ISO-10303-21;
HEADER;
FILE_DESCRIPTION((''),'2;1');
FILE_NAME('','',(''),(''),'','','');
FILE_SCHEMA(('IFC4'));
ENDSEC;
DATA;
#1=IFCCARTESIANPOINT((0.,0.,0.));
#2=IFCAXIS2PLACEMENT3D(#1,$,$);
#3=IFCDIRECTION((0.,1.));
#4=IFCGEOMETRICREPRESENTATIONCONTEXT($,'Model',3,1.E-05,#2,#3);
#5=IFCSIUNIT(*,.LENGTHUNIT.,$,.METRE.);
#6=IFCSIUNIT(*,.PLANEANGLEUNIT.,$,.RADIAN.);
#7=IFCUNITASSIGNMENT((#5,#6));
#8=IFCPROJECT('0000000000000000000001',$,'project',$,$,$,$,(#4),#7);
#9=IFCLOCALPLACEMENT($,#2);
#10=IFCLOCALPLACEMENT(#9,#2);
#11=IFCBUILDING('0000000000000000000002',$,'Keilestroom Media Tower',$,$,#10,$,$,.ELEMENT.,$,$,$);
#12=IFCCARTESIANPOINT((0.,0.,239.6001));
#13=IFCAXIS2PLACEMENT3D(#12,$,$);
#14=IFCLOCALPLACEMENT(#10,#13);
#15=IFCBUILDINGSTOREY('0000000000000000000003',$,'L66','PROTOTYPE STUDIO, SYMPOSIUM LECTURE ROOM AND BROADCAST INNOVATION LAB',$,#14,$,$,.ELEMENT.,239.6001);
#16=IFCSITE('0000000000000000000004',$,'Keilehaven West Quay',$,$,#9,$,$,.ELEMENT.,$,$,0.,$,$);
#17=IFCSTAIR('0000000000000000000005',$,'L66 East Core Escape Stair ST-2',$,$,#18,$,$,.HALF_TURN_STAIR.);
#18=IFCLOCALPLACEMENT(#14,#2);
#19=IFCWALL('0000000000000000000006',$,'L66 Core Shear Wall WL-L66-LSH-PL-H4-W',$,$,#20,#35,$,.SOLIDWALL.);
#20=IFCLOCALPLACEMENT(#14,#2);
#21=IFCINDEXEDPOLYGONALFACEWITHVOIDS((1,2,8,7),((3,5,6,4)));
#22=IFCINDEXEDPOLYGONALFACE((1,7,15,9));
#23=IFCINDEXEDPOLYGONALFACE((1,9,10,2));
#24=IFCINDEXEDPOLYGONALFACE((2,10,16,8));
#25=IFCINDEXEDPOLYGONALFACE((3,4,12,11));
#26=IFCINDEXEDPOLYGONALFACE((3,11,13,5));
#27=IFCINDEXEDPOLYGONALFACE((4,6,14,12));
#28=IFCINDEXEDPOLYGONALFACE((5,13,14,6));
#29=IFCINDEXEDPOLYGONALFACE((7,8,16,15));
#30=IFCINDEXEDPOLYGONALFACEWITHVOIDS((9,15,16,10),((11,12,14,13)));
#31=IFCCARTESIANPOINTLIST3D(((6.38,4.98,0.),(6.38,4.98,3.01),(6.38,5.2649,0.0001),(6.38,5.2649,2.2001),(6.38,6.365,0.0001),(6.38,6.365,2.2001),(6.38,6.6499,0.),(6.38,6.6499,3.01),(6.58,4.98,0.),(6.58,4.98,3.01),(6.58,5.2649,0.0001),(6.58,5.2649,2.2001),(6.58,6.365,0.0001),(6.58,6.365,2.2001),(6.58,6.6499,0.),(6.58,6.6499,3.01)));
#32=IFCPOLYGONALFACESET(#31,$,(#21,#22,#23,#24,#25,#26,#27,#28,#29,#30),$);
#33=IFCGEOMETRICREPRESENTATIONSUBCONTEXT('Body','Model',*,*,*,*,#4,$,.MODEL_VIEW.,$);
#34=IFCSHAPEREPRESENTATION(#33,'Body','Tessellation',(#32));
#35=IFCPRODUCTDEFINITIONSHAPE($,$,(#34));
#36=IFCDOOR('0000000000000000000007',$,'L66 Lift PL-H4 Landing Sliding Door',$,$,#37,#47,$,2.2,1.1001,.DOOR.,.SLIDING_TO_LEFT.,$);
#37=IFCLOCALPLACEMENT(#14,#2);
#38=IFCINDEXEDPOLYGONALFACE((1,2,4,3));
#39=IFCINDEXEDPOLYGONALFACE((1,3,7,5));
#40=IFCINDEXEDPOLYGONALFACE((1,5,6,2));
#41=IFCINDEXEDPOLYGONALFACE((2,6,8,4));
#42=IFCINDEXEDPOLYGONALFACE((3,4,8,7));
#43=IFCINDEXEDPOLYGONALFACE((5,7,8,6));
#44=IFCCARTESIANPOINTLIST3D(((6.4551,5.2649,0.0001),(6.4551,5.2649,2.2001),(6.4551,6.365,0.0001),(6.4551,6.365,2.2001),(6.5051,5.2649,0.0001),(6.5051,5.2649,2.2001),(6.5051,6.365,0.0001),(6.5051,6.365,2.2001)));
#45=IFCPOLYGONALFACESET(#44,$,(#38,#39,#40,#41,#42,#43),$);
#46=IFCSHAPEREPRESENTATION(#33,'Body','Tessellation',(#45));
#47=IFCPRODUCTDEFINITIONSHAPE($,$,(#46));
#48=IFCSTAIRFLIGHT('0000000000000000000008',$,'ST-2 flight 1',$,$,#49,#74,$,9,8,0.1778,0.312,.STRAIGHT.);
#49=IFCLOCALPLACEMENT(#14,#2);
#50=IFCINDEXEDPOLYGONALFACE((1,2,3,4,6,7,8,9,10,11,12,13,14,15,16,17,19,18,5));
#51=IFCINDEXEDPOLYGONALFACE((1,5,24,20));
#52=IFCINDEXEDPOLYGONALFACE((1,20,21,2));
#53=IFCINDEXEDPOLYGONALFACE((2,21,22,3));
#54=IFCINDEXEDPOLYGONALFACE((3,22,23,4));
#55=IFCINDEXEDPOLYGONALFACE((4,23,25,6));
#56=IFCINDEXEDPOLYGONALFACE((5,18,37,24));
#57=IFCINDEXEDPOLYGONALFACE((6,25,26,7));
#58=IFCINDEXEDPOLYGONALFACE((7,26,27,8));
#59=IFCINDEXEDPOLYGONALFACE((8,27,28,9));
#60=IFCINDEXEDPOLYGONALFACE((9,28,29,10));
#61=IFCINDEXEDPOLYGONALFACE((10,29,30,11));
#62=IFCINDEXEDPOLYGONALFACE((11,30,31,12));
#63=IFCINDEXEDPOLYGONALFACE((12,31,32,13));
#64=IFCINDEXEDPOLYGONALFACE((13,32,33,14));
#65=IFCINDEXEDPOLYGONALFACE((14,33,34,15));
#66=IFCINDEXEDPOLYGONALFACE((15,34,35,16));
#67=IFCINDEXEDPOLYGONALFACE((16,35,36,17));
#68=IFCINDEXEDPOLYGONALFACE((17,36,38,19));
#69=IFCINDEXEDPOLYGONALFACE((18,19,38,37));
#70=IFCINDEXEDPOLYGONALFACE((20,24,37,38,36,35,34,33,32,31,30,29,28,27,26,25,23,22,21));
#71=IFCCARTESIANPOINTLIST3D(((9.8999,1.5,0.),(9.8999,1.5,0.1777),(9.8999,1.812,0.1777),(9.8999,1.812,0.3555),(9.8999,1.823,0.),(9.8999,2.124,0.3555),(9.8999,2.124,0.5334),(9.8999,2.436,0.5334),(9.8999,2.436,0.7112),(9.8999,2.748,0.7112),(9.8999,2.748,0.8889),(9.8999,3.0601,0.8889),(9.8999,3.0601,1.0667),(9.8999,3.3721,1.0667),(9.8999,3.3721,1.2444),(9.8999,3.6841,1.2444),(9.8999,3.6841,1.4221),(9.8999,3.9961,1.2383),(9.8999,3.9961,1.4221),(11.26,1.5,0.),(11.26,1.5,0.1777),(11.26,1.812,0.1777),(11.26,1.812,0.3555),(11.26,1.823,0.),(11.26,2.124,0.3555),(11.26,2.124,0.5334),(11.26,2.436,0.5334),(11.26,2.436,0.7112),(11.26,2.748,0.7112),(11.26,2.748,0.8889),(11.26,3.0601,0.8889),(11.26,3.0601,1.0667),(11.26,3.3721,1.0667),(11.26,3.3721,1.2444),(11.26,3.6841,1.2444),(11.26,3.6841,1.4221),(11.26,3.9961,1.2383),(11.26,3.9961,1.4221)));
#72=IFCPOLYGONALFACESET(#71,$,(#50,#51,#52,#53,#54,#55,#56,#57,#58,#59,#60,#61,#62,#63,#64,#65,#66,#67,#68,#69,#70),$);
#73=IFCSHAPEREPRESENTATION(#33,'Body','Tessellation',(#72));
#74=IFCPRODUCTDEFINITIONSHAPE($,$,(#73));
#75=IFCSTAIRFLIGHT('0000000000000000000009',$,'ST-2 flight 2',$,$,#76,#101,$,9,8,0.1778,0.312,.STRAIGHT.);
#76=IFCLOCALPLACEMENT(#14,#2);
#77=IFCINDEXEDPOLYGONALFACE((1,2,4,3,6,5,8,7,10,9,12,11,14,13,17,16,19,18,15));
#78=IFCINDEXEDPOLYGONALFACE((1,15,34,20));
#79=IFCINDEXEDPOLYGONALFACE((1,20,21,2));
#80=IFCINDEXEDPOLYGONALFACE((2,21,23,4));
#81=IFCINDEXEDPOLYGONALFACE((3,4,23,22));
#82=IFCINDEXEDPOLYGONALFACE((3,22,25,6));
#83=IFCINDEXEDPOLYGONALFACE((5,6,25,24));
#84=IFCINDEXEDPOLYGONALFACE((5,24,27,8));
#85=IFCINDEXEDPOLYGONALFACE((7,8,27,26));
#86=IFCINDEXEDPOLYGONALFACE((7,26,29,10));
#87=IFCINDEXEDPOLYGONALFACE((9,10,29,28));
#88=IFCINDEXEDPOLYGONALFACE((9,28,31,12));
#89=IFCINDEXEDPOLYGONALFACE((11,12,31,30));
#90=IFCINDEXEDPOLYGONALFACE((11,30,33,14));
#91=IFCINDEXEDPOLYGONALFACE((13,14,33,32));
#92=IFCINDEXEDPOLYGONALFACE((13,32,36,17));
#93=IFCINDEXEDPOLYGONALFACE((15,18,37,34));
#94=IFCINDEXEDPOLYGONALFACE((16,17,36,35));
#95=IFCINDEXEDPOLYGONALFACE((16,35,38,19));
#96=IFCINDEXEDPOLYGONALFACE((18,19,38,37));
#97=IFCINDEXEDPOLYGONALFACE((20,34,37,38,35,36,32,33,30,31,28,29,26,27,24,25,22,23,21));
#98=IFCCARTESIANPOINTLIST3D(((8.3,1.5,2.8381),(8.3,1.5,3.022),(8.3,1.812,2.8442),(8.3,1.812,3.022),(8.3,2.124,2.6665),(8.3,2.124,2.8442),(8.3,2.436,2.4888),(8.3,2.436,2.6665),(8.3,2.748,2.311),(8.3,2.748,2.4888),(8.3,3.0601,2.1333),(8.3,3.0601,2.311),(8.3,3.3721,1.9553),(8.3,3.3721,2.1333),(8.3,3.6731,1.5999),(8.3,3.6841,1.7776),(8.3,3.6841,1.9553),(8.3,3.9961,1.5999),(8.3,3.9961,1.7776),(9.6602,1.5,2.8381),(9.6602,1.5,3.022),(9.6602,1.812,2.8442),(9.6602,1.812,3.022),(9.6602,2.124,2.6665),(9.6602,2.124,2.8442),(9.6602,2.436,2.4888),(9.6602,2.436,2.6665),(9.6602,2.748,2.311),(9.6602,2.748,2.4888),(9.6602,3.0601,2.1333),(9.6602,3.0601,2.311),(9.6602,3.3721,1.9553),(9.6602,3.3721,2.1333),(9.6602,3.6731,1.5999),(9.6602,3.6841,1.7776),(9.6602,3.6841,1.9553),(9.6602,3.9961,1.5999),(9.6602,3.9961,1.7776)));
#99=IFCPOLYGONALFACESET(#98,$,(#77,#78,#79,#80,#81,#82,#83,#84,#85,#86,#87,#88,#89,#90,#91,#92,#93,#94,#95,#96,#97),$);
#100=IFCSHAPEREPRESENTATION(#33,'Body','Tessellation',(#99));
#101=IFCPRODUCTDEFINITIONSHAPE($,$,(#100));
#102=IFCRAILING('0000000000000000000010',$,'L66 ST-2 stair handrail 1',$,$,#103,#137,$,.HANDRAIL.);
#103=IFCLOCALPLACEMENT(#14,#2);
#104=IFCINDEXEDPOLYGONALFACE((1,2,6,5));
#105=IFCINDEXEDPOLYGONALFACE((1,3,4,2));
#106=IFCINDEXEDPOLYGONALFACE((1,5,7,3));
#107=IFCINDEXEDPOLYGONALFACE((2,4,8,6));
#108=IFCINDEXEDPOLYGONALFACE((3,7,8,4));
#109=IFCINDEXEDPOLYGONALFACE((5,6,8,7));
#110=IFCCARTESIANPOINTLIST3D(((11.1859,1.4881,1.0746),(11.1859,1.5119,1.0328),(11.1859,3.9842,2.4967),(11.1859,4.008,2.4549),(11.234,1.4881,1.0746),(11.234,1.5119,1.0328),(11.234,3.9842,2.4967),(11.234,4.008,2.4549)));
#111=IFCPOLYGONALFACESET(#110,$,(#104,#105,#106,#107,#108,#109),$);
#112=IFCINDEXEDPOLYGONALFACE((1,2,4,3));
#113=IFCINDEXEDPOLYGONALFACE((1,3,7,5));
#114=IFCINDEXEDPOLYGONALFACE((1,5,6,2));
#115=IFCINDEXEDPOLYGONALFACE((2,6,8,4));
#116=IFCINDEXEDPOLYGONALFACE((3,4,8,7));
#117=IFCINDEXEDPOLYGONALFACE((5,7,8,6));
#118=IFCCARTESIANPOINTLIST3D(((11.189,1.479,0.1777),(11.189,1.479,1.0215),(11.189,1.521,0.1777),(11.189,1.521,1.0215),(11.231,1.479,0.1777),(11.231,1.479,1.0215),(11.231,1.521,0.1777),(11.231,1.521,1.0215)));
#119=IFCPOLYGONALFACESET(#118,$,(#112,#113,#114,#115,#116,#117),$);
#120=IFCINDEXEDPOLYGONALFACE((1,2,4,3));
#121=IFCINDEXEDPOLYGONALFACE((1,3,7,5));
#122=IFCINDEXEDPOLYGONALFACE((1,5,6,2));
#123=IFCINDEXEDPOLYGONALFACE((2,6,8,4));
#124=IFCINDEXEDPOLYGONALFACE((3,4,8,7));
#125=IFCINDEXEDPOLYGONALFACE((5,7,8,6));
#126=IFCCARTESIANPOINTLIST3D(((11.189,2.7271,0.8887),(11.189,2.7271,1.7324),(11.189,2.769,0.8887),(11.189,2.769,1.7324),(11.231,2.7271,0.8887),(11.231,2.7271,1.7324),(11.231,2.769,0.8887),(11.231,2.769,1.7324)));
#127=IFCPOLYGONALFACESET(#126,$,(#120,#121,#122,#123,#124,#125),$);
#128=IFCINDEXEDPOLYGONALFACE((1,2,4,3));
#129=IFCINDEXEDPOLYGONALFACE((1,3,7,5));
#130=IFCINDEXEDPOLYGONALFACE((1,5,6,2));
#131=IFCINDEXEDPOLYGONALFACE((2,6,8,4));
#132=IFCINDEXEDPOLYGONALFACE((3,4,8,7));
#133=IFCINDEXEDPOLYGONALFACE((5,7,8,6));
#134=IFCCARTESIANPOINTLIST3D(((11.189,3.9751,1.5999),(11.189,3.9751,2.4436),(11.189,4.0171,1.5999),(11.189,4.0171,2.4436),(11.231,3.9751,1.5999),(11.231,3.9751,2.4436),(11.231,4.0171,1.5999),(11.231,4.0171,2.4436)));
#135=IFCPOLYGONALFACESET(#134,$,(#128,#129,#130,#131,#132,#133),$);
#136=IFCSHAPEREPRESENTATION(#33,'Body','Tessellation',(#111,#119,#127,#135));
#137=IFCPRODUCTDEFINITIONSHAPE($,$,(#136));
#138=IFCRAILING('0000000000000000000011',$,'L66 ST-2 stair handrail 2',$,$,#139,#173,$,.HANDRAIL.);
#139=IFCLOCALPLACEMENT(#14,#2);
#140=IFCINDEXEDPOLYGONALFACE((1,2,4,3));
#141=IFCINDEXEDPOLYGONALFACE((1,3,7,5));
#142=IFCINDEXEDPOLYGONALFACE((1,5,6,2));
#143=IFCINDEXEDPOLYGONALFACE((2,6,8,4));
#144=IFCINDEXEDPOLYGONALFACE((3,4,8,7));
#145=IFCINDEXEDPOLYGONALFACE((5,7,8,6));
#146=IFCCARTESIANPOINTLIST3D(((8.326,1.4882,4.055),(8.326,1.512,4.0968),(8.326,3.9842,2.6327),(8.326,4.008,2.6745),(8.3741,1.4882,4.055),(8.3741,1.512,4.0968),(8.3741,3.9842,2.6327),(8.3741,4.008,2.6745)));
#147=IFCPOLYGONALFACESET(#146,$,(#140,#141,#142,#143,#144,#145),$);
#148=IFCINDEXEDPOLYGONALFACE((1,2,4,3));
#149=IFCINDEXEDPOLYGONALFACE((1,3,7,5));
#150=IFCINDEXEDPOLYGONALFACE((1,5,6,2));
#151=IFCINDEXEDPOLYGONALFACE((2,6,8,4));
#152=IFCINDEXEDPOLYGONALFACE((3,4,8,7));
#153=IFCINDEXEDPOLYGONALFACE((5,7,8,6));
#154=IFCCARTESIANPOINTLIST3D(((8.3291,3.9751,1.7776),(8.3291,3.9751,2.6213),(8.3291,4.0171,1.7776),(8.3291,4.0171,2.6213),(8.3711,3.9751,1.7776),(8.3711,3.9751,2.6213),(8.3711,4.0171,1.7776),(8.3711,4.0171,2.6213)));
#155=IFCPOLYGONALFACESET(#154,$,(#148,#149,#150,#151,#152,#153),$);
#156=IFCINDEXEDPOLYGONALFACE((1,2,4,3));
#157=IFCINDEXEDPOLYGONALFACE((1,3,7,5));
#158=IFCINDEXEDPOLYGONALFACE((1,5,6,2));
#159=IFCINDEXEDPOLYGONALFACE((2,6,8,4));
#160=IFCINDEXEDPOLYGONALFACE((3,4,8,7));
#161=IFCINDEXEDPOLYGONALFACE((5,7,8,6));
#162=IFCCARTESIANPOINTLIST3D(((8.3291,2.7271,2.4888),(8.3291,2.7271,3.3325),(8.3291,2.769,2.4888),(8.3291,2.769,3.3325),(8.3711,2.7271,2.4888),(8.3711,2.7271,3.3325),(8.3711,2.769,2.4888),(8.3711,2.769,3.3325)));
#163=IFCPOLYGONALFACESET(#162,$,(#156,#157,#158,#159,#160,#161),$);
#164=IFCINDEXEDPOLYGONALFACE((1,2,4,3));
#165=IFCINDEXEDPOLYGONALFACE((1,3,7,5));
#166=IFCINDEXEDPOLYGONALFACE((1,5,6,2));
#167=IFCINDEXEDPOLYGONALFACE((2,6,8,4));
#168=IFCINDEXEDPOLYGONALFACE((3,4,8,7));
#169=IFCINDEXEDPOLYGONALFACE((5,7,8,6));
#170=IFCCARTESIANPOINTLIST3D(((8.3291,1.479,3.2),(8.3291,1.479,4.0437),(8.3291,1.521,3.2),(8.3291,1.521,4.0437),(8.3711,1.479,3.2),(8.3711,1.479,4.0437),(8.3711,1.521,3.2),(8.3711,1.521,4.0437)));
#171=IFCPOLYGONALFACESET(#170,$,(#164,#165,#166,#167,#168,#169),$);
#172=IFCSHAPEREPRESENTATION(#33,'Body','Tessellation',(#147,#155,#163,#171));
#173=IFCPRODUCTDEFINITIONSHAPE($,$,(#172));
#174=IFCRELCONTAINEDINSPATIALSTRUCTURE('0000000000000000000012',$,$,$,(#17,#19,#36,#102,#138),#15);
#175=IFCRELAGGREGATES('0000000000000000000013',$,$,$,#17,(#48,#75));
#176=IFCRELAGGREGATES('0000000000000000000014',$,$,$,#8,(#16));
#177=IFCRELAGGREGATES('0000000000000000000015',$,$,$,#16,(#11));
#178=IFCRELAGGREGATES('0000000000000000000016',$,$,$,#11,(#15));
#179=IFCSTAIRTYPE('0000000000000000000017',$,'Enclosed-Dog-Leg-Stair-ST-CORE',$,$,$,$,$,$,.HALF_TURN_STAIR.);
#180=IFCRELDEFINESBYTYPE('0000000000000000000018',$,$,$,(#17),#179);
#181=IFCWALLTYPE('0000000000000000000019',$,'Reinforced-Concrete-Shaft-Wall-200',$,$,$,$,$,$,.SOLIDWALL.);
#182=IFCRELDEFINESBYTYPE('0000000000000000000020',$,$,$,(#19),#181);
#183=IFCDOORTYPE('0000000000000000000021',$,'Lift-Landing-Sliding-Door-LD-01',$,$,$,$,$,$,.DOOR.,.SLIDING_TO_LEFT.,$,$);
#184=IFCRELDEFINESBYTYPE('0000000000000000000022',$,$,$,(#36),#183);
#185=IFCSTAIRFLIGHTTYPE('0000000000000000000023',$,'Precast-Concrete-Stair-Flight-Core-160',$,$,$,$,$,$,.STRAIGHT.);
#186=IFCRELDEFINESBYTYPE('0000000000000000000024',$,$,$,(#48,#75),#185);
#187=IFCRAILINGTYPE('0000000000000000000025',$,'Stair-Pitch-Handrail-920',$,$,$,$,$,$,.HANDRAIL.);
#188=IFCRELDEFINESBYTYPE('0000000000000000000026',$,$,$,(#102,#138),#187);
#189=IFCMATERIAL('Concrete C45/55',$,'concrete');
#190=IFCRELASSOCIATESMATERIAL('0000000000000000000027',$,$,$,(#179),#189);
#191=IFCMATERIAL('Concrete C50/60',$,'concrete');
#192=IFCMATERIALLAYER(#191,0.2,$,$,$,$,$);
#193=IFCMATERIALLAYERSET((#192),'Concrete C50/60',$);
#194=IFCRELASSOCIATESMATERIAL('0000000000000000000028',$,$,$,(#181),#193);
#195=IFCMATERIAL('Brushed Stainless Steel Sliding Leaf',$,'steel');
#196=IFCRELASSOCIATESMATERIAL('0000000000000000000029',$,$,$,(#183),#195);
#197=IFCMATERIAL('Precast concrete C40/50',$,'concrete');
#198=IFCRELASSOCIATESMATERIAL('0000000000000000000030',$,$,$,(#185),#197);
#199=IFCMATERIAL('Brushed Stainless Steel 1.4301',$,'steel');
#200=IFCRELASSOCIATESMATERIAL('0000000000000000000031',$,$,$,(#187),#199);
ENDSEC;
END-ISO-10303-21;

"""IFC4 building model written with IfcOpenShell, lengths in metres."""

from ifc_helpers import new_model, si_unit, direction, frame, frame_2d, origin, origin_2d, place, context, subcontext, project, spatial, polyline, rectangle, outline, extrude, source, transform, mapped, material, layer, layer_set, type_object, element, fill, aggregate, save


model = new_model("IFC4")

# Units and contexts
model_context = context("Model", 3, precision=1e-05, world=origin(), true_north=direction((0.0, 1.0)))
body_context = subcontext(model_context, "Body", "Model", "MODEL_VIEW")
ifc_project = project(units=[si_unit("LENGTHUNIT", "METRE"), si_unit("PLANEANGLEUNIT", "RADIAN")], contexts=[model_context])

# Site, building, storey
site_placement = place(None, origin())
site = spatial("IfcSite", under=ifc_project, at=site_placement, Name="Keilehaven West Quay", CompositionType="ELEMENT", RefElevation=0.0)
building_placement = place(site_placement, origin())
building = spatial("IfcBuilding", under=site, at=building_placement, Name="Keilestroom Media Tower", CompositionType="ELEMENT")
storey_placement = place(building_placement, frame((0.0, 0.0, 239.6001)))
storey = spatial("IfcBuildingStorey", under=building, at=storey_placement, Name="L66", Description="PROTOTYPE STUDIO, SYMPOSIUM LECTURE ROOM AND BROADCAST INNOVATION LAB", CompositionType="ELEMENT", Elevation=239.6001)

# Stair
ifc_material_1 = material(Name="Concrete C45/55", Category="concrete")
stair_type = type_object("IfcStairType", Name="Enclosed-Dog-Leg-Stair-ST-CORE", PredefinedType="HALF_TURN_STAIR", material=ifc_material_1)
stair_1_placement = place(storey_placement, origin())
stair_1 = element("IfcStair", 1, at=stair_1_placement, inside=storey, type_object=stair_type, Name="L66 East Core Escape Stair ST-2", PredefinedType="HALF_TURN_STAIR")

# Shared definitions
ifc_material_2 = material(Name="Concrete C50/60", Category="concrete")
ifc_layer_1 = layer(ifc_material_2, 0.2)
ifc_layer_set_1 = layer_set([ifc_layer_1], Name="Concrete C50/60")
wall_type_1 = type_object("IfcWallType", Name="Reinforced-Concrete-Shaft-Wall-200", PredefinedType="SOLIDWALL", material=ifc_layer_set_1)

# Shared definitions
ifc_material_3 = material(Name="Brushed Stainless Steel Sliding Leaf", Category="steel")
door_type = type_object("IfcDoorType", Name="Lift-Landing-Sliding-Door-LD-01", OperationType="SLIDING_TO_LEFT", PredefinedType="DOOR", material=ifc_material_3)
shared_shape_1 = source(origin(), body_context, "Body", "SweptSolid", [
    extrude(rectangle(XDim=1.1001, YDim=2.2, at=frame_2d((0.55, 1.1001))), frame((0.0, 0.0249, 0.0), z_axis=(0.0, -1.0, 0.0), x_axis=(1.0, 0.0, 0.0)), (0.0, 0.0, 1.0), 0.05),
])

# Wall, opening, door
wall_1_placement = place(storey_placement, frame((6.48, 4.98, 0.0), z_axis=(0.0, 0.0, 1.0), x_axis=(0.0, 1.0, 0.0)))
wall_1 = element("IfcWall", 2, at=wall_1_placement, inside=storey, type_object=wall_type_1, Name="L66 Core Shear Wall WL-L66-LSH-PL-H4-W", PredefinedType="SOLIDWALL", context=body_context, shape_type="SweptSolid", body=[
    extrude(rectangle(XDim=1.6699, YDim=0.2, at=frame_2d((0.835, 0.0))), origin(), (0.0, 0.0, 1.0), 3.01),
])
opening_1_placement = place(wall_1_placement, frame((0.2849, 0.0, 0.0)))
opening_1 = element("IfcOpeningElement", 3, at=opening_1_placement, cuts=wall_1, PredefinedType="OPENING", context=body_context, shape_type="SweptSolid", body=[
    extrude(rectangle(XDim=1.1001, YDim=2.2, at=frame_2d((0.55, 1.1001))), frame((0.0, 0.1099, 0.0), z_axis=(0.0, -1.0, 0.0), x_axis=(1.0, 0.0, 0.0)), (0.0, 0.0, 1.0), 0.22),
])
door_1_placement = place(opening_1_placement, origin())
door_1 = element("IfcDoor", 4, at=door_1_placement, inside=storey, type_object=door_type, Name="L66 Lift PL-H4 Landing Sliding Door", OperationType="SLIDING_TO_LEFT", OverallHeight=2.2, OverallWidth=1.1001, PredefinedType="DOOR", context=body_context, shape_type="MappedRepresentation", body=[
    mapped(shared_shape_1, transform((0.0, 0.0, 0.0), x_axis=(1.0, 0.0, 0.0), y_axis=(0.0, 1.0, 0.0), z_axis=(0.0, 0.0, 1.0), scale=1.0)),
])
fill(opening_1, door_1)

# Stair flights
ifc_material_4 = material(Name="Precast concrete C40/50", Category="concrete")
stair_flight_type = type_object("IfcStairFlightType", Name="Precast-Concrete-Stair-Flight-Core-160", PredefinedType="STRAIGHT", material=ifc_material_4)
stair_flight_1_placement = place(storey_placement, frame((10.5801, 1.5, 0.0), z_axis=(0.0, 0.0, 1.0), x_axis=(0.0, 1.0, 0.0)))
stair_flight_1 = element("IfcStairFlight", 5, at=stair_flight_1_placement, type_object=stair_flight_type, Name="ST-2 flight 1", NumberOfRisers=9, NumberOfTreads=8, PredefinedType="STRAIGHT", RiserHeight=0.1778, TreadLength=0.312, context=body_context, shape_type="SweptSolid", body=[
    extrude(outline(polyline([(0.0, 0.0), (0.0, 0.1777), (0.312, 0.1777), (0.312, 0.3555), (0.624, 0.3555), (0.624, 0.5334), (0.936, 0.5334), (0.936, 0.7112), (1.248, 0.7112), (1.248, 0.8889), (1.5601, 0.8889), (1.5601, 1.0667), (1.8721, 1.0667), (1.8721, 1.2444), (2.1841, 1.2444), (2.1841, 1.4221), (2.4961, 1.4221), (2.4961, 1.6001), (2.4961, 1.2383), (0.323, 0.0), (0.0, 0.0)])), frame((0.0, 0.6802, 0.0), z_axis=(0.0, -1.0, 0.0), x_axis=(1.0, 0.0, 0.0)), (0.0, 0.0, 1.0), 1.3601),
])
stair_flight_2_placement = place(storey_placement, frame((8.98, 3.9961, 1.5999), z_axis=(0.0, 0.0, 1.0), x_axis=(0.0, -1.0, 0.0)))
stair_flight_2 = element("IfcStairFlight", 6, at=stair_flight_2_placement, type_object=stair_flight_type, Name="ST-2 flight 2", NumberOfRisers=9, NumberOfTreads=8, PredefinedType="STRAIGHT", RiserHeight=0.1778, TreadLength=0.312, context=body_context, shape_type="SweptSolid", body=[
    extrude(outline(polyline([(0.0, 0.0), (0.0, 0.1777), (0.312, 0.1777), (0.312, 0.3555), (0.624, 0.3555), (0.624, 0.5334), (0.936, 0.5334), (0.936, 0.7112), (1.248, 0.7112), (1.248, 0.8889), (1.5601, 0.8889), (1.5601, 1.0667), (1.8721, 1.0667), (1.8721, 1.2444), (2.1841, 1.2444), (2.1841, 1.4221), (2.4961, 1.4221), (2.4961, 1.6001), (2.4961, 1.2383), (0.323, 0.0), (0.0, 0.0)])), frame((0.0, 0.6802, 0.0), z_axis=(0.0, -1.0, 0.0), x_axis=(1.0, 0.0, 0.0)), (0.0, 0.0, 1.0), 1.3601),
])
aggregate(stair_1, [stair_flight_1, stair_flight_2])

# Railings
ifc_material_5 = material(Name="Brushed Stainless Steel 1.4301", Category="steel")
railing_type_1 = type_object("IfcRailingType", Name="Stair-Pitch-Handrail-920", PredefinedType="HANDRAIL", material=ifc_material_5)
railing_1_placement = place(storey_placement, frame((11.21, 1.5, 0.1777)))
element("IfcRailing", 7, at=railing_1_placement, inside=storey, type_object=railing_type_1, Name="L66 ST-2 stair handrail 1", PredefinedType="HANDRAIL", context=body_context, shape_type="SweptSolid", body=[
    extrude(rectangle(XDim=0.0481, YDim=0.0481, at=origin_2d()), frame((0.0, 0.0, 0.876), z_axis=(0.0, 0.868875, 0.495031), x_axis=(-1.0, 0.0, 0.0)), (0.0, 0.0, 1.0), 2.8728),
    extrude(rectangle(XDim=0.042, YDim=0.042, at=origin_2d()), origin(), (0.0, 0.0, 1.0), 0.8438),
    extrude(rectangle(XDim=0.042, YDim=0.042, at=origin_2d()), frame((0.0, 1.248, 0.7109)), (0.0, 0.0, 1.0), 0.8438),
    extrude(rectangle(XDim=0.042, YDim=0.042, at=origin_2d()), frame((0.0, 2.4961, 1.4221)), (0.0, 0.0, 1.0), 0.8438),
])
railing_2_placement = place(storey_placement, frame((8.3501, 3.9961, 1.7776)))
element("IfcRailing", 8, at=railing_2_placement, inside=storey, type_object=railing_type_1, Name="L66 ST-2 stair handrail 2", PredefinedType="HANDRAIL", context=body_context, shape_type="SweptSolid", body=[
    extrude(rectangle(XDim=0.0481, YDim=0.0481, at=origin_2d()), frame((0.0, 0.0, 0.876), z_axis=(0.0, -0.868839, 0.495095), x_axis=(1.0, 0.0, 0.0)), (0.0, 0.0, 1.0), 2.8728),
    extrude(rectangle(XDim=0.042, YDim=0.042, at=origin_2d()), origin(), (0.0, 0.0, 1.0), 0.8438),
    extrude(rectangle(XDim=0.042, YDim=0.042, at=origin_2d()), frame((0.0, -1.248, 0.7112)), (0.0, 0.0, 1.0), 0.8438),
    extrude(rectangle(XDim=0.042, YDim=0.042, at=origin_2d()), frame((0.0, -2.4961, 1.4224)), (0.0, 0.0, 1.0), 0.8438),
])

save(model, "model.ifc")
